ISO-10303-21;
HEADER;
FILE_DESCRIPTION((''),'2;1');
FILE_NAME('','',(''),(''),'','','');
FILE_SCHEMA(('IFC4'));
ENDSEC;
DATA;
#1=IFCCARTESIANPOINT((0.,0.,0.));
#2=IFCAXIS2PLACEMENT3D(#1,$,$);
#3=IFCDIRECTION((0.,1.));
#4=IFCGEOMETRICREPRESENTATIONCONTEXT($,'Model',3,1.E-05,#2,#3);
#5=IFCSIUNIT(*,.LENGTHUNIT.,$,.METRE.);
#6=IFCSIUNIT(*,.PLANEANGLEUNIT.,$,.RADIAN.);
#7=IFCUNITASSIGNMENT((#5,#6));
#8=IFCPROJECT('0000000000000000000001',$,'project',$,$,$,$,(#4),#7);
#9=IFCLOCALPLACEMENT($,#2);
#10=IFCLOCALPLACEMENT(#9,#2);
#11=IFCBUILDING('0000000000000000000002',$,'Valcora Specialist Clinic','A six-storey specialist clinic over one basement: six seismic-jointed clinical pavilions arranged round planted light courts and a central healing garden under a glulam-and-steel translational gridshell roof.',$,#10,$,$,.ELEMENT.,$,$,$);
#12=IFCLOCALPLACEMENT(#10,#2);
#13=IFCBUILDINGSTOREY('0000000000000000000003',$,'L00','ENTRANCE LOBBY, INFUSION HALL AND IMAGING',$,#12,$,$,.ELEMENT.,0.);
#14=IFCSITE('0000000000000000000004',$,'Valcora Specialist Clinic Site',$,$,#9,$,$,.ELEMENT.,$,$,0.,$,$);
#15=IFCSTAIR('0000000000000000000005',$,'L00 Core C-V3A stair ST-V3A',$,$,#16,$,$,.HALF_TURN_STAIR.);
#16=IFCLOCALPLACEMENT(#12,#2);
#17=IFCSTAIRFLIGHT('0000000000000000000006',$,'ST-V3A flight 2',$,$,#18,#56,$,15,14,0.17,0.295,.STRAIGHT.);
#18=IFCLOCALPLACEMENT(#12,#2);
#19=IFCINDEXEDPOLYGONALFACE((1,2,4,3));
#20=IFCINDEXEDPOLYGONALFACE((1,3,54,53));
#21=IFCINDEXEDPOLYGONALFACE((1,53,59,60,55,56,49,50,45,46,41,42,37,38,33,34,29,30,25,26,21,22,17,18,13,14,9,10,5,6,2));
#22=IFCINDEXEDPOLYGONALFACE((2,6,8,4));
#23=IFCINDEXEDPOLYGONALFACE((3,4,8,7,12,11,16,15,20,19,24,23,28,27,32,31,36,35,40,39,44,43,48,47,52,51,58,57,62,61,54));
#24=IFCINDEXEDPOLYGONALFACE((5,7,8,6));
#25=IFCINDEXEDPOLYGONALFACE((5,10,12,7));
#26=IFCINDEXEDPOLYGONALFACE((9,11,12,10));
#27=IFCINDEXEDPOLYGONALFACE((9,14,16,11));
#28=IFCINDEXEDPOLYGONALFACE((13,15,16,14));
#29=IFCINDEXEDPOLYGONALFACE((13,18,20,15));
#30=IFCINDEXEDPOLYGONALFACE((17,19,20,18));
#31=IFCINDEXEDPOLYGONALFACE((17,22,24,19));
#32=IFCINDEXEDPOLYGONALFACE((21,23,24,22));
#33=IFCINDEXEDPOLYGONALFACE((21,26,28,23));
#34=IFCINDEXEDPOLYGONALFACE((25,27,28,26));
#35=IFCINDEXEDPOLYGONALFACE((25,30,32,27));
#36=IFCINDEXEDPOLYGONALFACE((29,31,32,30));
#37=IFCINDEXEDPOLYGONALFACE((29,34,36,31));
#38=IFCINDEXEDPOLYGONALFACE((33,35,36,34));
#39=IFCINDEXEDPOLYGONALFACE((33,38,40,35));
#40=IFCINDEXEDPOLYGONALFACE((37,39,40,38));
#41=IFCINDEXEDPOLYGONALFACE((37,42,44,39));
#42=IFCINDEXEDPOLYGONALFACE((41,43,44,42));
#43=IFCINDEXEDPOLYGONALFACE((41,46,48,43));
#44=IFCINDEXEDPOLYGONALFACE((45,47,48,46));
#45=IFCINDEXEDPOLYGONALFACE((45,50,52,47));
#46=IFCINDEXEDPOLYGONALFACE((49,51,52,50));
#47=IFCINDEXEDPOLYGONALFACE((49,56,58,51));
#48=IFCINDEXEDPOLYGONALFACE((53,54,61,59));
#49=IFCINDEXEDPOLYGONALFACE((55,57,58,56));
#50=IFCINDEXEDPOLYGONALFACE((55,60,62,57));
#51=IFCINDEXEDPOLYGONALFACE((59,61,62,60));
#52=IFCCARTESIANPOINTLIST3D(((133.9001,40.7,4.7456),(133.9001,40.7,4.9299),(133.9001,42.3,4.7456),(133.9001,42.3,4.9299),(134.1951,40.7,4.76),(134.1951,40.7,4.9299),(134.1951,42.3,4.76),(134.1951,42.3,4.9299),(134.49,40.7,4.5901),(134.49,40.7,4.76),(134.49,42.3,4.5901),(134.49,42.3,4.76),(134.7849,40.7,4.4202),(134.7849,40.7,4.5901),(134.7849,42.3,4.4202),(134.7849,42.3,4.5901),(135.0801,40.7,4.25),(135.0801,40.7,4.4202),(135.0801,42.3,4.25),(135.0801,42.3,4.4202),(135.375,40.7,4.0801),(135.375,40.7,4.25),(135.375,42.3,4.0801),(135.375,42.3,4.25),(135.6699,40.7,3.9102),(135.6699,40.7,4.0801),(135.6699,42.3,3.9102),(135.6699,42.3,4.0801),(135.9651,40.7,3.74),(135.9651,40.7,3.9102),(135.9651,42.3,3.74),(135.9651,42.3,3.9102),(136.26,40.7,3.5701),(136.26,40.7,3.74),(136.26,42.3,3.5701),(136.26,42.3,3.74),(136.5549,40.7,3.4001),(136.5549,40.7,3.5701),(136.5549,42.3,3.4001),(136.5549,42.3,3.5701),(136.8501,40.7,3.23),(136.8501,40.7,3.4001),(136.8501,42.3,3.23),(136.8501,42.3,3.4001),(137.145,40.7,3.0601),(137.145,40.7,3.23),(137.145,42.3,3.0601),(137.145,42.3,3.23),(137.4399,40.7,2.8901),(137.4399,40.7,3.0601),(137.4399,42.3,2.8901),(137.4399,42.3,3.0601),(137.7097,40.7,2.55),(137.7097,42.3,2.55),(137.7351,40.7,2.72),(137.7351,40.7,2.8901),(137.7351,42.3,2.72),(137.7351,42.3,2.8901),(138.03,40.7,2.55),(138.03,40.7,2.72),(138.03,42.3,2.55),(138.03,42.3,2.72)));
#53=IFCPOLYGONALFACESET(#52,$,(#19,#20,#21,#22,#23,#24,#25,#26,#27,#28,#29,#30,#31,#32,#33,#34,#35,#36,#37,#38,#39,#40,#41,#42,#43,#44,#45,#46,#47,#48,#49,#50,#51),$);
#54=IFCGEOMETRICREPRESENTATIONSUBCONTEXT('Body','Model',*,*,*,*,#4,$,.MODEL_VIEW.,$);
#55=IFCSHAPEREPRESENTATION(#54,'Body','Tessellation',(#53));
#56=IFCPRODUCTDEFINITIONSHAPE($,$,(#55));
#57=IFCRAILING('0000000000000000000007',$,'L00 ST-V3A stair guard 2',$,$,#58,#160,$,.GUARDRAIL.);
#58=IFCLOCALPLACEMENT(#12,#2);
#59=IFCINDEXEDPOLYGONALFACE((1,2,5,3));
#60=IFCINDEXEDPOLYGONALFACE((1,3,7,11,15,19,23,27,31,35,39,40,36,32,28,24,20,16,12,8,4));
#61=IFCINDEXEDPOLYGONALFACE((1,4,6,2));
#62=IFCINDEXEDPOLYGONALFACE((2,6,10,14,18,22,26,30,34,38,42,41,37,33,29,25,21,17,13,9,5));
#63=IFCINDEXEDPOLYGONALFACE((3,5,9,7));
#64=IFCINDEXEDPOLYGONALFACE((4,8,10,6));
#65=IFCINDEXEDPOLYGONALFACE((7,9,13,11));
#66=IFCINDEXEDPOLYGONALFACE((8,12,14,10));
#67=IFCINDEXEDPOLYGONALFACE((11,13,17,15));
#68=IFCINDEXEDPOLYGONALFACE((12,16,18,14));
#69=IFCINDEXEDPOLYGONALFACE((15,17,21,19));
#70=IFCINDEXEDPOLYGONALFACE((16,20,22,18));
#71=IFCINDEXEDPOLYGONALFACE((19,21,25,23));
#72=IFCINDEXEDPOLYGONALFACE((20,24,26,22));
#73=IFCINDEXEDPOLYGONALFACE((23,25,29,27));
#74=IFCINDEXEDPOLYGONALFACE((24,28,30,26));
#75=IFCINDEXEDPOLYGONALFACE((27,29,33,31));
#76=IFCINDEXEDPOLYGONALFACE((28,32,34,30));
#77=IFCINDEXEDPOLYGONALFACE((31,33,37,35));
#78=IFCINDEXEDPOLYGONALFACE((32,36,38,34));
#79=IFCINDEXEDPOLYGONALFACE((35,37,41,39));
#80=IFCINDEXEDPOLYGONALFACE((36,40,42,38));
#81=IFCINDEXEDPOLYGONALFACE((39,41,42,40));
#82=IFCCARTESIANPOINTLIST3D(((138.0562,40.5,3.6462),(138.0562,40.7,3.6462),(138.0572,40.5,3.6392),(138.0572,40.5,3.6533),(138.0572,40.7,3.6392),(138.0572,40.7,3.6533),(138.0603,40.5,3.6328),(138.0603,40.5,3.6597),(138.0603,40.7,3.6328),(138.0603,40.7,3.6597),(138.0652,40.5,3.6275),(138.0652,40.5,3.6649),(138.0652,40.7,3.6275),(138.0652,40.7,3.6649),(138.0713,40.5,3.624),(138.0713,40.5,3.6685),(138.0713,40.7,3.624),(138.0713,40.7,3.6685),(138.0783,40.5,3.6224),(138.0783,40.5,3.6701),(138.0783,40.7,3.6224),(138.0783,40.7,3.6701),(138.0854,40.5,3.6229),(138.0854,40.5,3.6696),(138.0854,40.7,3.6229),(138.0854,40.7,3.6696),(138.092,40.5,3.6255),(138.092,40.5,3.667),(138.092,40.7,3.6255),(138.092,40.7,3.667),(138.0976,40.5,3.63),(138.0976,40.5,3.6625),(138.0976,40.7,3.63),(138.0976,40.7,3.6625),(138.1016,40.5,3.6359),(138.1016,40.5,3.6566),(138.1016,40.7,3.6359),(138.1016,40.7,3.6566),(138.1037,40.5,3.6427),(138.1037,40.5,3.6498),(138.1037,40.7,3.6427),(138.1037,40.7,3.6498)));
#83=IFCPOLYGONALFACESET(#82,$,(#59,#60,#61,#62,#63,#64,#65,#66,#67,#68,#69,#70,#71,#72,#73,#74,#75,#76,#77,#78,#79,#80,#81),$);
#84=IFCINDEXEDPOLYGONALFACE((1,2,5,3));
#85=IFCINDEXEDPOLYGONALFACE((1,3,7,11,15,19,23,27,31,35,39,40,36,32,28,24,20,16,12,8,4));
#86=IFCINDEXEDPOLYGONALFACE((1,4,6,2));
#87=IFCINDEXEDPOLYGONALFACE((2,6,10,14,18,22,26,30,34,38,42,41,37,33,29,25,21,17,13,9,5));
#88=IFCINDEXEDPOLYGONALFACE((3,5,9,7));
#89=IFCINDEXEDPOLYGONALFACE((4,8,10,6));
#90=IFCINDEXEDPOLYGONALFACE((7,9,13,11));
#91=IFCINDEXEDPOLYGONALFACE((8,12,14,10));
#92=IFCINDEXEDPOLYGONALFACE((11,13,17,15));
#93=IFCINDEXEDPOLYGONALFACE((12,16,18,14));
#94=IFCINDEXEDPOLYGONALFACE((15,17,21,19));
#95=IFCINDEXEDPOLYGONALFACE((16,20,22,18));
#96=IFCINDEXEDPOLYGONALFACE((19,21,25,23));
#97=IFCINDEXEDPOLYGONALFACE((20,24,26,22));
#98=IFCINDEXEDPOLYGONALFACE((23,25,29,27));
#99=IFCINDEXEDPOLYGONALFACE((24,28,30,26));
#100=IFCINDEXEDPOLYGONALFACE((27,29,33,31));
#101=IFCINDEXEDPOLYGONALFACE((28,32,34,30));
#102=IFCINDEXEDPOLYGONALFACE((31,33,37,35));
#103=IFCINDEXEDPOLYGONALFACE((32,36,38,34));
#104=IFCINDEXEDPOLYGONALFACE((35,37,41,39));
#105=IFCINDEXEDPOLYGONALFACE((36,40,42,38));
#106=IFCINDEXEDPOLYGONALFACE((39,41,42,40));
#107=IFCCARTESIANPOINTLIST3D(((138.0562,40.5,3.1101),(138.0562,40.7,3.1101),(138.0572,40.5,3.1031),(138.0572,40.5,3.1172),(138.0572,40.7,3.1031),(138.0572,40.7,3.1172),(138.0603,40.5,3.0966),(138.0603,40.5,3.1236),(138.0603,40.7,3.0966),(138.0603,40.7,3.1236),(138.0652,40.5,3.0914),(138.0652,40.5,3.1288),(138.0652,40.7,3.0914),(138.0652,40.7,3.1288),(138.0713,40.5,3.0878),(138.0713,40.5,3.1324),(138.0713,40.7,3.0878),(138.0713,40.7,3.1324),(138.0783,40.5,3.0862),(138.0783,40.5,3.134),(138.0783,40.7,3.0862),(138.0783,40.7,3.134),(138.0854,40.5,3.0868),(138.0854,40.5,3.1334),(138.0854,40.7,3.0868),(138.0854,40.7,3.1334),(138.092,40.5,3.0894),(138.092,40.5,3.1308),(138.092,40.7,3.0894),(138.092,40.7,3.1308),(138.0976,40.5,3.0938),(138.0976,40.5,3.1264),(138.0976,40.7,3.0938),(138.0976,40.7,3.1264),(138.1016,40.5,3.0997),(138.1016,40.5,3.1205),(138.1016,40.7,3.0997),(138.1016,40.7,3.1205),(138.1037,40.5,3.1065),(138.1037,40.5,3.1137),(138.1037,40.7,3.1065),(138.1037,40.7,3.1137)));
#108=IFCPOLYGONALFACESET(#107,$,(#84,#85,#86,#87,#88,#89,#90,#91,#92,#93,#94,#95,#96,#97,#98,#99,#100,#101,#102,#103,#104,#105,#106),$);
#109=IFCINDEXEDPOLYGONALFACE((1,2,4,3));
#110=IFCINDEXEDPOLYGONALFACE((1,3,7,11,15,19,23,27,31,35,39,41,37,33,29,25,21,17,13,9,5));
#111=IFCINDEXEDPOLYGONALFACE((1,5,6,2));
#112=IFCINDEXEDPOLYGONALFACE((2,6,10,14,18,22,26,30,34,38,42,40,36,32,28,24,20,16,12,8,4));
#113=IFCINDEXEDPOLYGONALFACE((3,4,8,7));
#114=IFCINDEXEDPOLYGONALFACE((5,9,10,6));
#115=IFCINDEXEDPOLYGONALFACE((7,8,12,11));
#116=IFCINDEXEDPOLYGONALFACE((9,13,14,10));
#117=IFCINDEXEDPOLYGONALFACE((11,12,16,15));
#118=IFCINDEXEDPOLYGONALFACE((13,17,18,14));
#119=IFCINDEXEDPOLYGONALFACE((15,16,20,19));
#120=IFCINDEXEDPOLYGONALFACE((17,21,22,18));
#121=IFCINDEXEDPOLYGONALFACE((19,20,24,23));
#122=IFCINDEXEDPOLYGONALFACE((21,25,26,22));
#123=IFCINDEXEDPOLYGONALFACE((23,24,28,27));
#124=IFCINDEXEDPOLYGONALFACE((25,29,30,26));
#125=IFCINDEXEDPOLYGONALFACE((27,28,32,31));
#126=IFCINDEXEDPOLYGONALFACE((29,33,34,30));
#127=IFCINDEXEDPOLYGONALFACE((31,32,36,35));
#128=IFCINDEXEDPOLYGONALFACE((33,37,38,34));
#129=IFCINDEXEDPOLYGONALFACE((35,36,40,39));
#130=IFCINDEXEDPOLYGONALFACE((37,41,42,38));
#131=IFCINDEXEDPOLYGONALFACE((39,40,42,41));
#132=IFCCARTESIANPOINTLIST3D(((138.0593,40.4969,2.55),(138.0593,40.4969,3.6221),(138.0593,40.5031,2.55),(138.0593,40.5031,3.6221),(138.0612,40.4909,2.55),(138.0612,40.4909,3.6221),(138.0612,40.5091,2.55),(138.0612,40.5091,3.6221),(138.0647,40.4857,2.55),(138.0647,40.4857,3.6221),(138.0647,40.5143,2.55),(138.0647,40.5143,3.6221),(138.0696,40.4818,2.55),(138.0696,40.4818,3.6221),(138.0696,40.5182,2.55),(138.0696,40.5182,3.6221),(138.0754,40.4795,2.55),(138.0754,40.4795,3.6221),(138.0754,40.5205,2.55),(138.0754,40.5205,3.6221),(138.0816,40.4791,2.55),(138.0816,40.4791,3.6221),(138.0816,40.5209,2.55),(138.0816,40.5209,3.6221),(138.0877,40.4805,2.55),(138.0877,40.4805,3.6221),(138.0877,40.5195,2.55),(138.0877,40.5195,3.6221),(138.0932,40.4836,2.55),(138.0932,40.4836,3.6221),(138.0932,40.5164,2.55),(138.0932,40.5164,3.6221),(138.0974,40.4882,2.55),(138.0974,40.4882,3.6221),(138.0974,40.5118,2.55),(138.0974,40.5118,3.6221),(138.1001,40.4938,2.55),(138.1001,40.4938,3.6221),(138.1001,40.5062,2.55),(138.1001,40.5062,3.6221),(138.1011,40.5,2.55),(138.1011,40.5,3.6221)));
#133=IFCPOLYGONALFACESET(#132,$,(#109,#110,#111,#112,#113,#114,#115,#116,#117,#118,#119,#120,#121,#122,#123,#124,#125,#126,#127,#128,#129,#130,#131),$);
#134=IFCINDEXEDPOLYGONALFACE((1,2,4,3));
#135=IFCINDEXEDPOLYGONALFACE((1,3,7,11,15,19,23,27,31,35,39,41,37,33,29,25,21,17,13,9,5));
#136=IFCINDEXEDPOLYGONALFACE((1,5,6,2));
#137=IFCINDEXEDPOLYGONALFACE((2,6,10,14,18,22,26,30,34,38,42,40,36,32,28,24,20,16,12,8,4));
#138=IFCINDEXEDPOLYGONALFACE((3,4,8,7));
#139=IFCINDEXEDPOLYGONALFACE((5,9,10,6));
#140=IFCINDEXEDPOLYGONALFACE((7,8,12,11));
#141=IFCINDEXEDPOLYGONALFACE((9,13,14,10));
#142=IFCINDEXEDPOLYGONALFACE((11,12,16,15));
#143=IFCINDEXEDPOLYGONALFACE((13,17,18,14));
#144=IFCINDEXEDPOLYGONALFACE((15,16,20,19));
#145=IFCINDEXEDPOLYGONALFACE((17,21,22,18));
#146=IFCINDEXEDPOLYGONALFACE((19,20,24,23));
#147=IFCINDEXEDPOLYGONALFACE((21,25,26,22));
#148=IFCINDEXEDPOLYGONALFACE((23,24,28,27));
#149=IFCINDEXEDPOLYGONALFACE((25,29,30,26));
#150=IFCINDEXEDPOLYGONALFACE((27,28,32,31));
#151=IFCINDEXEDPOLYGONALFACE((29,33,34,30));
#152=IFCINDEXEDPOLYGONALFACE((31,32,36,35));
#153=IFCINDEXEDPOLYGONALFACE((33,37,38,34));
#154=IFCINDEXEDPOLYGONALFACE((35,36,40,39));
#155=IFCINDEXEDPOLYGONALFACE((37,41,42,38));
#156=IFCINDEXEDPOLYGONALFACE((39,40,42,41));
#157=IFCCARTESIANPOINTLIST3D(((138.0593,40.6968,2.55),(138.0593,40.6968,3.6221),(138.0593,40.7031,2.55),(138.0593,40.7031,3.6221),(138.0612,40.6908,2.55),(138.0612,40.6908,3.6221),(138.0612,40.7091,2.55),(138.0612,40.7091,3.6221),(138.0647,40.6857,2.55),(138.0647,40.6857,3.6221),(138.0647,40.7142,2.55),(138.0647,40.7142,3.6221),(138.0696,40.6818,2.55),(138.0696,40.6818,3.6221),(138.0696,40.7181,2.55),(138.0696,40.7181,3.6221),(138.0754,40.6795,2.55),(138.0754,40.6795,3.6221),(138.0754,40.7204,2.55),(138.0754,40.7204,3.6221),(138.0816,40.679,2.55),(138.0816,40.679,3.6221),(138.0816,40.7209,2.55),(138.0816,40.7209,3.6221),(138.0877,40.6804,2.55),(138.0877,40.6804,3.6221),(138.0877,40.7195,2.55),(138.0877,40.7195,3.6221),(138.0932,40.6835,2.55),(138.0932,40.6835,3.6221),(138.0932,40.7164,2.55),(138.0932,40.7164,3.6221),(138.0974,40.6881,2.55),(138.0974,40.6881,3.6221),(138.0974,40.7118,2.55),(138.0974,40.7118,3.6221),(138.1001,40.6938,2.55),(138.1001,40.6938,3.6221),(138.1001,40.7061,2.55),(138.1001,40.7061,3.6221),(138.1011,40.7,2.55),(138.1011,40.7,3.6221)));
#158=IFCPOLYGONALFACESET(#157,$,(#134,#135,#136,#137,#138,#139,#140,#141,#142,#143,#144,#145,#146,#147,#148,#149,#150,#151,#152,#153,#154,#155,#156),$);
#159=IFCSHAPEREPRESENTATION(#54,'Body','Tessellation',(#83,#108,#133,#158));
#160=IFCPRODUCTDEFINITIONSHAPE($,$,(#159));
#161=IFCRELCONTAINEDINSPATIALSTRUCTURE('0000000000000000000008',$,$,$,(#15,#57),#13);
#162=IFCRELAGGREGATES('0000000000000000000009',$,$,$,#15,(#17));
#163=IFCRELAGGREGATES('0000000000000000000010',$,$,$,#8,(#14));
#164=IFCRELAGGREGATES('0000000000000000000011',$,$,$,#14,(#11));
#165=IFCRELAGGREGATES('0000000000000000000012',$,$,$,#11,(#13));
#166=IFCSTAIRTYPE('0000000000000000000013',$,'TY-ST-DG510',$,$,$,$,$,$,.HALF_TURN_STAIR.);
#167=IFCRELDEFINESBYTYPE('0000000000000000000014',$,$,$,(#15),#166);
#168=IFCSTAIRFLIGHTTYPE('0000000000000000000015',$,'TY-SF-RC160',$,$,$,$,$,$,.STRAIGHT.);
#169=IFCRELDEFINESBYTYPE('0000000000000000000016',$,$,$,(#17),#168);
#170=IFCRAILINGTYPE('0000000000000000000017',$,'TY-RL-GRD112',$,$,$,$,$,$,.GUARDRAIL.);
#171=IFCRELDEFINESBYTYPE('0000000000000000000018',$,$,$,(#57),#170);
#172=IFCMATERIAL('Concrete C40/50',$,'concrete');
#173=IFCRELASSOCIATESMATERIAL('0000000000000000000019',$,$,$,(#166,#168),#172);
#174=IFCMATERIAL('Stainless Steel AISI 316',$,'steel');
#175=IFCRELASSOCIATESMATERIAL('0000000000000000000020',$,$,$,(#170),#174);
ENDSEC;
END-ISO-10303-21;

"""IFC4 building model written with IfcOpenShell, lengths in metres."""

from ifc_helpers import new_model, si_unit, direction, frame, origin, origin_2d, place, context, subcontext, project, spatial, polyline, circle, outline, extrude, material, type_object, element, aggregate, save


model = new_model("IFC4")

# Units and contexts
model_context = context("Model", 3, precision=1e-05, world=origin(), true_north=direction((0.0, 1.0)))
body_context = subcontext(model_context, "Body", "Model", "MODEL_VIEW")
ifc_project = project(units=[si_unit("LENGTHUNIT", "METRE"), si_unit("PLANEANGLEUNIT", "RADIAN")], contexts=[model_context])

# Site, building, storey
site_placement = place(None, origin())
site = spatial("IfcSite", under=ifc_project, at=site_placement, Name="Valcora Specialist Clinic Site", CompositionType="ELEMENT", RefElevation=0.0)
building_placement = place(site_placement, origin())
building = spatial("IfcBuilding", under=site, at=building_placement, Name="Valcora Specialist Clinic", Description="A six-storey specialist clinic over one basement: six seismic-jointed clinical pavilions arranged round planted light courts and a central healing garden under a glulam-and-steel translational gridshell roof.", CompositionType="ELEMENT")
storey_placement = place(building_placement, origin())
storey = spatial("IfcBuildingStorey", under=building, at=storey_placement, Name="L00", Description="ENTRANCE LOBBY, INFUSION HALL AND IMAGING", CompositionType="ELEMENT", Elevation=0.0)

# Shared definitions
ifc_material_1 = material(Name="Concrete C40/50", Category="concrete")

# Shared definitions
ifc_material_2 = material(Name="Stainless Steel AISI 316", Category="steel")

# Stair, stair flight
stair_type = type_object("IfcStairType", Name="TY-ST-DG510", PredefinedType="HALF_TURN_STAIR", material=ifc_material_1)
stair_placement = place(storey_placement, origin())
stair = element("IfcStair", 1, at=stair_placement, inside=storey, type_object=stair_type, Name="L00 Core C-V3A stair ST-V3A", PredefinedType="HALF_TURN_STAIR")
stair_flight_type = type_object("IfcStairFlightType", Name="TY-SF-RC160", PredefinedType="STRAIGHT", material=ifc_material_1)
stair_flight_1_placement = place(storey_placement, frame((138.03, 41.5, 2.55), z_axis=(0.0, 0.0, 1.0), x_axis=(-1.0, 0.0, 0.0)))
stair_flight_1 = element("IfcStairFlight", 2, at=stair_flight_1_placement, type_object=stair_flight_type, Name="ST-V3A flight 2", NumberOfRisers=15, NumberOfTreads=14, PredefinedType="STRAIGHT", RiserHeight=0.17, TreadLength=0.295, context=body_context, shape_type="SweptSolid", body=[
    extrude(outline(polyline([(0.0, 0.0), (0.0, 0.1699), (0.2949, 0.1699), (0.2949, 0.3401), (0.5901, 0.3401), (0.5901, 0.51), (0.885, 0.51), (0.885, 0.6799), (1.1799, 0.6799), (1.1799, 0.8501), (1.4751, 0.8501), (1.4751, 1.02), (1.77, 1.02), (1.77, 1.1899), (2.0649, 1.1899), (2.0649, 1.3601), (2.3601, 1.3601), (2.3601, 1.53), (2.655, 1.53), (2.655, 1.7), (2.95, 1.7), (2.95, 1.8701), (3.2451, 1.8701), (3.2451, 2.04), (3.54, 2.04), (3.54, 2.21), (3.835, 2.21), (3.835, 2.3799), (4.1299, 2.3799), (4.1299, 2.55), (4.1299, 2.1956), (0.3203, 0.0), (0.0, 0.0)])), frame((0.0, 0.8, 0.0), z_axis=(0.0, -1.0, 0.0), x_axis=(1.0, 0.0, 0.0)), (0.0, 0.0, 1.0), 1.6001),
])
aggregate(stair, [stair_flight_1])

# Railing
railing_type_1 = type_object("IfcRailingType", Name="TY-RL-GRD112", PredefinedType="GUARDRAIL", material=ifc_material_2)
railing_1_placement = place(storey_placement, frame((138.0801, 40.5, 2.55)))
element("IfcRailing", 3, at=railing_1_placement, inside=storey, type_object=railing_type_1, Name="L00 ST-V3A stair guard 2", PredefinedType="GUARDRAIL", context=body_context, shape_type="SweptSolid", body=[
    extrude(circle(Radius=0.0239, at=origin_2d()), frame((0.0, 0.0, 1.0962), z_axis=(0.0, 1.0, 0.0), x_axis=(-1.0, 0.0, 0.0)), (0.0, 0.0, 1.0), 0.2),
    extrude(circle(Radius=0.0239, at=origin_2d()), frame((0.0, 0.0, 0.5601), z_axis=(0.0, 1.0, 0.0), x_axis=(-1.0, 0.0, 0.0)), (0.0, 0.0, 1.0), 0.2),
    extrude(circle(Radius=0.021, at=origin_2d()), origin(), (0.0, 0.0, 1.0), 1.072),
    extrude(circle(Radius=0.021, at=origin_2d()), frame((0.0, 0.2, 0.0)), (0.0, 0.0, 1.0), 1.072),
])

save(model, "model.ifc")
